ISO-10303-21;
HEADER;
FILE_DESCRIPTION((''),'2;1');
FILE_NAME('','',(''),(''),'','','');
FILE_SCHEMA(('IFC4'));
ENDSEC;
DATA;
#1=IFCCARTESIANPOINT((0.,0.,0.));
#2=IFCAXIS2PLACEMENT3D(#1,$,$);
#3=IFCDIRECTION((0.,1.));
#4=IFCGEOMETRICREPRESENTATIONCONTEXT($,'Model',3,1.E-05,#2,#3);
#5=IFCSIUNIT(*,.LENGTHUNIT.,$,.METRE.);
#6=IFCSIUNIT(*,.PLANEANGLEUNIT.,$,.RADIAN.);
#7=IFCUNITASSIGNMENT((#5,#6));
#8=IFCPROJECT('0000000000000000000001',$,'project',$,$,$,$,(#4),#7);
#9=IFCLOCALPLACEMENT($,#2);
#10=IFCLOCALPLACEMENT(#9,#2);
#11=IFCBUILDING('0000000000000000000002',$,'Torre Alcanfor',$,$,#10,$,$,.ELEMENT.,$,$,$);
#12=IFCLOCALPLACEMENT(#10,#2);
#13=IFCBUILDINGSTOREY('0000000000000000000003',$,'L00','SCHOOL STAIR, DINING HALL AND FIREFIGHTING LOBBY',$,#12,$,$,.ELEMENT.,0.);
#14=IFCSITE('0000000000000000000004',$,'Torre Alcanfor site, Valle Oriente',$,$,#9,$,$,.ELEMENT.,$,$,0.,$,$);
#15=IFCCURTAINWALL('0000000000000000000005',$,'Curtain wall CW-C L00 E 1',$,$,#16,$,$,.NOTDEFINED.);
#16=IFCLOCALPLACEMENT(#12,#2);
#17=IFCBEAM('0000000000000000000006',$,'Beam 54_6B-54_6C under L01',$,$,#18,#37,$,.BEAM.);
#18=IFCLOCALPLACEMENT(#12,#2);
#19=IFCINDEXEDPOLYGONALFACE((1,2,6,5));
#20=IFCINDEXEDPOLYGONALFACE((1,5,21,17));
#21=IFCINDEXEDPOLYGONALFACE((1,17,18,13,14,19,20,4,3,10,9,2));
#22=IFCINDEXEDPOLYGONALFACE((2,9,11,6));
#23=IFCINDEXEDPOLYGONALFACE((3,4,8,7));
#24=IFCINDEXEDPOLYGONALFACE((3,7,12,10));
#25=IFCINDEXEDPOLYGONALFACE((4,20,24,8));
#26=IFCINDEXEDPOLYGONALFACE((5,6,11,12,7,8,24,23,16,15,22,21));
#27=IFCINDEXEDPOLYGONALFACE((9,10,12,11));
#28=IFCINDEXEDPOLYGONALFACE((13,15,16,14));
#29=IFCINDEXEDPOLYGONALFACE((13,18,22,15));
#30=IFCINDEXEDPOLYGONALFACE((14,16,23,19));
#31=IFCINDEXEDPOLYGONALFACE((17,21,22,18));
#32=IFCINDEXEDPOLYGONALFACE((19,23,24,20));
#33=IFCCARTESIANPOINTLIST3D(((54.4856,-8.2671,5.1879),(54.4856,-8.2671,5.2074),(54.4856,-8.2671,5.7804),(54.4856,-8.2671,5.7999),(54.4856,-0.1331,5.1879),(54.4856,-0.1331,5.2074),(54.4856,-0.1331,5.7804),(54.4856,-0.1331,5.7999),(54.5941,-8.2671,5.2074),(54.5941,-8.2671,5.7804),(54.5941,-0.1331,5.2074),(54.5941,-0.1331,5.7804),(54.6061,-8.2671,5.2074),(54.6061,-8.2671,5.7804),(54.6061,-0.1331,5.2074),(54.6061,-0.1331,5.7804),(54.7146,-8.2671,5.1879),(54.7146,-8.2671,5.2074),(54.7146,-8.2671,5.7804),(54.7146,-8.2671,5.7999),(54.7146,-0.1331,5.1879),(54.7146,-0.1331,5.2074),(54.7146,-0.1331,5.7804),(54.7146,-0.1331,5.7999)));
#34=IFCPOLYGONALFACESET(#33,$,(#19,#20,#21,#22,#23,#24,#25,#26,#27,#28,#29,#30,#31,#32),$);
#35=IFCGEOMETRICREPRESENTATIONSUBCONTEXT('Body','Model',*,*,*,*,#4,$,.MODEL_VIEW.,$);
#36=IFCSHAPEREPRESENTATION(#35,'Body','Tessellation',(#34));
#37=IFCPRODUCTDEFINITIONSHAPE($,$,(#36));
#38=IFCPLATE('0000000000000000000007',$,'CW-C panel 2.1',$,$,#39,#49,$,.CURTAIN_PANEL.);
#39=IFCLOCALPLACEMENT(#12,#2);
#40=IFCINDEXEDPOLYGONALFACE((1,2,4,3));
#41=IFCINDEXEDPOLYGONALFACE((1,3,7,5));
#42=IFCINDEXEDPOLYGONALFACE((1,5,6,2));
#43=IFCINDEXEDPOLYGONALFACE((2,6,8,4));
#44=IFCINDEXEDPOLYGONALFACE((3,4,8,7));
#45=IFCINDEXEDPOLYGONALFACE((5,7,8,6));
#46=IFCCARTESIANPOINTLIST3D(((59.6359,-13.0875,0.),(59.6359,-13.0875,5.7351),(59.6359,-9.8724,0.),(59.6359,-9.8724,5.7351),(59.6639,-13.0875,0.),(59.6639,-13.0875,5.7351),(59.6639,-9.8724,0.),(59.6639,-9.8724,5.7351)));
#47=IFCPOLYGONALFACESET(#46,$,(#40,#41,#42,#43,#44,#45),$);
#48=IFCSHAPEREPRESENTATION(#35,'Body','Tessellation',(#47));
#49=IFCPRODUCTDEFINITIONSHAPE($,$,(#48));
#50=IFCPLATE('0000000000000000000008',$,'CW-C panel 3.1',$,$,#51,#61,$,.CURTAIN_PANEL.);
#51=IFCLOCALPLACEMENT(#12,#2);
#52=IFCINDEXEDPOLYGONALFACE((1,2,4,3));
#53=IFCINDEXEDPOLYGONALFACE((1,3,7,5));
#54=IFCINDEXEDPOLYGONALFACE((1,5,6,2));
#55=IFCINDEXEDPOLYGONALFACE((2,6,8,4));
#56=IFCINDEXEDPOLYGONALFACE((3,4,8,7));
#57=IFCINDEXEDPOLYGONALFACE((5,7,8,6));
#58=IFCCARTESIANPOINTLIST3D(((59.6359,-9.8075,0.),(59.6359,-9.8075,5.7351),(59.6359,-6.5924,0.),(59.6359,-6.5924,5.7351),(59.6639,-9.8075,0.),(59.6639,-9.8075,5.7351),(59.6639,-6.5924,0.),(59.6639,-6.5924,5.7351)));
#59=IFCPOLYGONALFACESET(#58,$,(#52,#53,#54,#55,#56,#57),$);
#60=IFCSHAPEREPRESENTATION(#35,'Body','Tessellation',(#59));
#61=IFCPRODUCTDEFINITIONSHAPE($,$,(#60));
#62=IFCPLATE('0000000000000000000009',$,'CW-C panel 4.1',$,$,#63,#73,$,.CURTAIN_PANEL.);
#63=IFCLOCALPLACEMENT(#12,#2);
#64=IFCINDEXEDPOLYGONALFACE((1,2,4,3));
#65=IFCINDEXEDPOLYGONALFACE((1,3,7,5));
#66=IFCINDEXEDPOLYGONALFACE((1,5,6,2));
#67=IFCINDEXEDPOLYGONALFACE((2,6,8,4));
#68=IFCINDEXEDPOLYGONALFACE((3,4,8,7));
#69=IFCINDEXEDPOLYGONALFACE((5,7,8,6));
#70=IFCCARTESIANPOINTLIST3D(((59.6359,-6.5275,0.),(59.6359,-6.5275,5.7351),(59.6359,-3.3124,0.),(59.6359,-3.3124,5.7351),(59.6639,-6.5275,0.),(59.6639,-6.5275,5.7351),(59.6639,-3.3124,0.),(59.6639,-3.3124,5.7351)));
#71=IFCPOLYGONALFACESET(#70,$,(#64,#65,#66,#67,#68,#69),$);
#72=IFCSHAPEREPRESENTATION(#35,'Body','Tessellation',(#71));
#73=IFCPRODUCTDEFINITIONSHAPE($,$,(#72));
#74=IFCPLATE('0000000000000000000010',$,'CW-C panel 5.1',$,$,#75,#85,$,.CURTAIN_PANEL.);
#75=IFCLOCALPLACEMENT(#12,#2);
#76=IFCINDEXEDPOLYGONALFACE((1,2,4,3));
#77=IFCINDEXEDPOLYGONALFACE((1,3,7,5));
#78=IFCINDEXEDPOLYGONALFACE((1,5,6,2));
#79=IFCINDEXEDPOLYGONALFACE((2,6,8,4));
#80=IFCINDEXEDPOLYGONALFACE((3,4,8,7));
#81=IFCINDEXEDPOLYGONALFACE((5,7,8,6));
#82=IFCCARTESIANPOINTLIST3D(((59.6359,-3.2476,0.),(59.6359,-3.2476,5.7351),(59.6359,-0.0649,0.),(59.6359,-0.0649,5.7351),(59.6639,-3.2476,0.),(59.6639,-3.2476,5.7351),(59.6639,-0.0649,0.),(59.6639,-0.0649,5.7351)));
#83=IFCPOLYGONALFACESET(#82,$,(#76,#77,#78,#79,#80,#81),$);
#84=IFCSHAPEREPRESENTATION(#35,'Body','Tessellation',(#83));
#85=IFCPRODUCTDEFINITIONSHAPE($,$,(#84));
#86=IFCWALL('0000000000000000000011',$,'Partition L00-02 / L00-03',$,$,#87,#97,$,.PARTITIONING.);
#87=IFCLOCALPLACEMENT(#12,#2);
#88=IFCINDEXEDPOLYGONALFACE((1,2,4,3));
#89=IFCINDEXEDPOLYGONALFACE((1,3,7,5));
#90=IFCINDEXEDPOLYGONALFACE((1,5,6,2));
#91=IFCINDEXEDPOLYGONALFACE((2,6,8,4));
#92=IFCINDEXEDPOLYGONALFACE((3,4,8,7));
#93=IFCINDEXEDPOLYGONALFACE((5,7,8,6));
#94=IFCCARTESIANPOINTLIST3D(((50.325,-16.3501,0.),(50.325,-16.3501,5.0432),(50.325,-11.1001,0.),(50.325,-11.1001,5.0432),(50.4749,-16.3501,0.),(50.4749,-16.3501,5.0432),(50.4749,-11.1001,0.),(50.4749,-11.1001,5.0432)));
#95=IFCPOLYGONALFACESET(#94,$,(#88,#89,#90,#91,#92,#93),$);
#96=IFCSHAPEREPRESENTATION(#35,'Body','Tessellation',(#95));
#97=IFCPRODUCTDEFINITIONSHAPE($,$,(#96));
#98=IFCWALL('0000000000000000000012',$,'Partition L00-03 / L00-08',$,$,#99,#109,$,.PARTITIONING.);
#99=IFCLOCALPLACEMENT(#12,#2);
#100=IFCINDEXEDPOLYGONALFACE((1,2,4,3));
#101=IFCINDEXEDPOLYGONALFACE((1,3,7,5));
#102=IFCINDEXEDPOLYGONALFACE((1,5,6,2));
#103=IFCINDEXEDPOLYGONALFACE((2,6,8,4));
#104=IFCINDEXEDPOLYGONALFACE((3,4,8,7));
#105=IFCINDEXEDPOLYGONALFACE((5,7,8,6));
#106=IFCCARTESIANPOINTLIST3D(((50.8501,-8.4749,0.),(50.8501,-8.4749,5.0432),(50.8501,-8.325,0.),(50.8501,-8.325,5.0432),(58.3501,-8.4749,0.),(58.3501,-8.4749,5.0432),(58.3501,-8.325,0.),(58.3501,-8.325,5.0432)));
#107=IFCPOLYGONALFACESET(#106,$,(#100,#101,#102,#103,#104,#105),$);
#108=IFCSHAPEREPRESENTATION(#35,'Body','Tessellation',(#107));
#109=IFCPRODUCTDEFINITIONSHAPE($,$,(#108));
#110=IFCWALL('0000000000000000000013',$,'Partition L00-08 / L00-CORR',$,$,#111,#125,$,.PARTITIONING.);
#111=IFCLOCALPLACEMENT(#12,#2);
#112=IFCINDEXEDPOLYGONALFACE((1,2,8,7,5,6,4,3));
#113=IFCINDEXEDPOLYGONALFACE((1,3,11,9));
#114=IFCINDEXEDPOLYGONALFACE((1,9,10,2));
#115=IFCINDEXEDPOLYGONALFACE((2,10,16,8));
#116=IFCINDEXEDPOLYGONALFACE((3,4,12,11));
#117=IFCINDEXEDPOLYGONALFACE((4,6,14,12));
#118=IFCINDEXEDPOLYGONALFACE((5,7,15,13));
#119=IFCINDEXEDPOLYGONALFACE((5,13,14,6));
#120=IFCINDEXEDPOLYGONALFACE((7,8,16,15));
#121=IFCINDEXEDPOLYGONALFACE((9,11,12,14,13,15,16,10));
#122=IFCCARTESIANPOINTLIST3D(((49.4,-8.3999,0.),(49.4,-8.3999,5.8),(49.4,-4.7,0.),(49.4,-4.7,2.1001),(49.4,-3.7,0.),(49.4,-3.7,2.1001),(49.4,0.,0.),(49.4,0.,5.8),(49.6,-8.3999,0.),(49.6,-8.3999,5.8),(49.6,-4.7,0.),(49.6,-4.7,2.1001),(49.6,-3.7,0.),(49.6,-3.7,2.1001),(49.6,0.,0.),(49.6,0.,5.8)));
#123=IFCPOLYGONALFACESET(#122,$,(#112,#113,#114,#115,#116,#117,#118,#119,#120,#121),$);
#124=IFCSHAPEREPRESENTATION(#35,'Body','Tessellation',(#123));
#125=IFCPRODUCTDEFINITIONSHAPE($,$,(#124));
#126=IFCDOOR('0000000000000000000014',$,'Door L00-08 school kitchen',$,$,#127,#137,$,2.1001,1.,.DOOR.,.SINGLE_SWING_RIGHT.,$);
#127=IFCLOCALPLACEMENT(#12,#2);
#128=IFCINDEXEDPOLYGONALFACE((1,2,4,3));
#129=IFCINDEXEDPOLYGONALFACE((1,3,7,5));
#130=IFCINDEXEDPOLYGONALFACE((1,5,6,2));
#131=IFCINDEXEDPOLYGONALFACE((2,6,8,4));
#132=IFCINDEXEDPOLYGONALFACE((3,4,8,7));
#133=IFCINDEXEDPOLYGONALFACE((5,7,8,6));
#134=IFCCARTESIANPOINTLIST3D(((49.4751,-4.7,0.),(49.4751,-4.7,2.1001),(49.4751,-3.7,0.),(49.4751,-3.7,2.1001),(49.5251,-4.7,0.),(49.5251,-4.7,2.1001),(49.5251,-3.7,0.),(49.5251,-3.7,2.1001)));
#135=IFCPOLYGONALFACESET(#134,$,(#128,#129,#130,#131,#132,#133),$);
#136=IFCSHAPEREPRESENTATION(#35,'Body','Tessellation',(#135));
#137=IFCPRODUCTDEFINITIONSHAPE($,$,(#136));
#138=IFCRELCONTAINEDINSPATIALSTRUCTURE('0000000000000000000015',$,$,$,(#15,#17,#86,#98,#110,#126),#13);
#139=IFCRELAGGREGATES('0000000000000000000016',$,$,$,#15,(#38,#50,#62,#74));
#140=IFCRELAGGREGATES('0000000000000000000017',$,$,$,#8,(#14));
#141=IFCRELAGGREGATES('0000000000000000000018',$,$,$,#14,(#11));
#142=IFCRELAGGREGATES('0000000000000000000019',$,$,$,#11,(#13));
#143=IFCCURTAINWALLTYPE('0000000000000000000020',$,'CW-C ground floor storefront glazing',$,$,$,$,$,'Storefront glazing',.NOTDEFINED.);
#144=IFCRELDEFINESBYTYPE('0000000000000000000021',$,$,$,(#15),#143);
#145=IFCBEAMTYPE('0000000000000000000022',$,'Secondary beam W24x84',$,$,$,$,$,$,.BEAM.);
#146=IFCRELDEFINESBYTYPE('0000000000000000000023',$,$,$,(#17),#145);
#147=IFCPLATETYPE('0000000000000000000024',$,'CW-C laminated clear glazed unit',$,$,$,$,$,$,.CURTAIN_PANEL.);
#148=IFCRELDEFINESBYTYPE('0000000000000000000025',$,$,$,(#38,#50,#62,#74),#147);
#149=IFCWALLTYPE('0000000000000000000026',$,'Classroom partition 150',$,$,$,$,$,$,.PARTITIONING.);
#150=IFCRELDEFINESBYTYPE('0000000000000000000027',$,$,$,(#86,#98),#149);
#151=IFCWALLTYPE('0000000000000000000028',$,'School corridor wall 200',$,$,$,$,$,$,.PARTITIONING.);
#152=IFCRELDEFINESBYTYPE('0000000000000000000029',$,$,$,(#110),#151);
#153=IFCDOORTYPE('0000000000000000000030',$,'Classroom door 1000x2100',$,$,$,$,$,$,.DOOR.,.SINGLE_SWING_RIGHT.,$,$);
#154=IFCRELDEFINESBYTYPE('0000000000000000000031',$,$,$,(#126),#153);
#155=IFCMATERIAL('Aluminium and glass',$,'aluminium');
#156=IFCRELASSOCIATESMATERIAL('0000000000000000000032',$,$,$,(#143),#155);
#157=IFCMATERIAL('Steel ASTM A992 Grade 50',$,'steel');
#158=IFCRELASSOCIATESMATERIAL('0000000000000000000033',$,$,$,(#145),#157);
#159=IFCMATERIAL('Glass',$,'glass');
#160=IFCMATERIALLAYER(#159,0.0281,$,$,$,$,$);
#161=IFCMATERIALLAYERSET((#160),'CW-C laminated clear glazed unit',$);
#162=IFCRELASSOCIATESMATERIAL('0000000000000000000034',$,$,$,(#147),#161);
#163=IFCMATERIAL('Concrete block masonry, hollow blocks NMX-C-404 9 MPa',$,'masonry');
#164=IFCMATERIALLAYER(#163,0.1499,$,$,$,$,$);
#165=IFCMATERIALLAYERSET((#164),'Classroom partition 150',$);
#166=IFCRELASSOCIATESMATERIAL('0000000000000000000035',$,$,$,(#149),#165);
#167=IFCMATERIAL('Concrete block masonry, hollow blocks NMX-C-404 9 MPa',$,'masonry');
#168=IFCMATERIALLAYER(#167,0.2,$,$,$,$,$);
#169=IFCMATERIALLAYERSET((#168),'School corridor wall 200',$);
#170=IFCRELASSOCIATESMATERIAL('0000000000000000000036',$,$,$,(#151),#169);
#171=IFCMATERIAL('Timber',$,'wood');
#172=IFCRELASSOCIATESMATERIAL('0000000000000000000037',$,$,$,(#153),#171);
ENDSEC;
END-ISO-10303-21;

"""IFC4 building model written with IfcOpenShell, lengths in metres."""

from ifc_helpers import new_model, si_unit, direction, frame, frame_2d, origin, origin_2d, place, context, subcontext, project, spatial, rectangle, i_section, extrude, material, layer, layer_set, material_profile, profile_set, type_object, element, fill, aggregate, save


model = new_model("IFC4")

# Units and contexts
model_context = context("Model", 3, precision=1e-05, world=origin(), true_north=direction((0.0, 1.0)))
body_context = subcontext(model_context, "Body", "Model", "MODEL_VIEW")
ifc_project = project(units=[si_unit("LENGTHUNIT", "METRE"), si_unit("PLANEANGLEUNIT", "RADIAN")], contexts=[model_context])

# Site, building, storey
site_placement = place(None, origin())
site = spatial("IfcSite", under=ifc_project, at=site_placement, Name="Torre Alcanfor site, Valle Oriente", CompositionType="ELEMENT", RefElevation=0.0)
building_placement = place(site_placement, origin())
building = spatial("IfcBuilding", under=site, at=building_placement, Name="Torre Alcanfor", CompositionType="ELEMENT")
storey_placement = place(building_placement, origin())
storey = spatial("IfcBuildingStorey", under=building, at=storey_placement, Name="L00", Description="SCHOOL STAIR, DINING HALL AND FIREFIGHTING LOBBY", CompositionType="ELEMENT", Elevation=0.0)

# Curtain wall
ifc_material_1 = material(Name="Aluminium and glass", Category="aluminium")
curtain_wall_type = type_object("IfcCurtainWallType", Name="CW-C ground floor storefront glazing", ElementType="Storefront glazing", PredefinedType="NOTDEFINED", material=ifc_material_1)
curtain_wall_placement = place(storey_placement, origin())
curtain_wall = element("IfcCurtainWall", 1, at=curtain_wall_placement, inside=storey, type_object=curtain_wall_type, Name="Curtain wall CW-C L00 E 1", PredefinedType="NOTDEFINED")

# Beam
ifc_material_2 = material(Name="Steel ASTM A992 Grade 50", Category="steel")
ifc_material_profile_1 = material_profile(ifc_material_2, i_section(OverallWidth=0.229, OverallDepth=0.6121, WebThickness=0.012, FlangeThickness=0.0195, at=origin_2d()), Name="W24x84")
ifc_profile_set_1 = profile_set([ifc_material_profile_1], Name="Steel ASTM A992 Grade 50")
beam_type_1 = type_object("IfcBeamType", Name="Secondary beam W24x84", PredefinedType="BEAM", material=ifc_profile_set_1)
beam_1_placement = place(storey_placement, frame((54.6001, -8.2671, 5.4939), z_axis=(0.0, 1.0, 0.0), x_axis=(-1.0, 0.0, 0.0)))
element("IfcBeam", 2, at=beam_1_placement, inside=storey, type_object=beam_type_1, Name="Beam 54_6B-54_6C under L01", PredefinedType="BEAM", context=body_context, shape_type="SweptSolid", body=[
    extrude(i_section(OverallWidth=0.229, OverallDepth=0.6121, WebThickness=0.012, FlangeThickness=0.0195, at=origin_2d()), origin(), (0.0, 0.0, 1.0), 8.134),
])

# Plates
ifc_material_3 = material(Name="Glass", Category="glass")
ifc_layer_1 = layer(ifc_material_3, 0.0281)
ifc_layer_set_1 = layer_set([ifc_layer_1], Name="CW-C laminated clear glazed unit")
plate_type = type_object("IfcPlateType", Name="CW-C laminated clear glazed unit", PredefinedType="CURTAIN_PANEL", material=ifc_layer_set_1)
plate_1_placement = place(storey_placement, frame((59.6499, -11.48, 0.0), z_axis=(0.0, 0.0, 1.0), x_axis=(0.0, 1.0, 0.0)))
plate_1 = element("IfcPlate", 3, at=plate_1_placement, type_object=plate_type, Name="CW-C panel 2.1", PredefinedType="CURTAIN_PANEL", context=body_context, shape_type="SweptSolid", body=[
    extrude(rectangle(XDim=3.2151, YDim=0.0281, at=origin_2d()), origin(), (0.0, 0.0, 1.0), 5.7351),
])
plate_2_placement = place(storey_placement, frame((59.6499, -8.2, 0.0), z_axis=(0.0, 0.0, 1.0), x_axis=(0.0, 1.0, 0.0)))
plate_2 = element("IfcPlate", 4, at=plate_2_placement, type_object=plate_type, Name="CW-C panel 3.1", PredefinedType="CURTAIN_PANEL", context=body_context, shape_type="SweptSolid", body=[
    extrude(rectangle(XDim=3.2151, YDim=0.0281, at=origin_2d()), origin(), (0.0, 0.0, 1.0), 5.7351),
])
plate_3_placement = place(storey_placement, frame((59.6499, -4.9199, 0.0), z_axis=(0.0, 0.0, 1.0), x_axis=(0.0, 1.0, 0.0)))
plate_3 = element("IfcPlate", 5, at=plate_3_placement, type_object=plate_type, Name="CW-C panel 4.1", PredefinedType="CURTAIN_PANEL", context=body_context, shape_type="SweptSolid", body=[
    extrude(rectangle(XDim=3.2151, YDim=0.0281, at=origin_2d()), origin(), (0.0, 0.0, 1.0), 5.7351),
])
plate_4_placement = place(storey_placement, frame((59.6499, -1.6562, 0.0), z_axis=(0.0, 0.0, 1.0), x_axis=(0.0, 1.0, 0.0)))
plate_4 = element("IfcPlate", 6, at=plate_4_placement, type_object=plate_type, Name="CW-C panel 5.1", PredefinedType="CURTAIN_PANEL", context=body_context, shape_type="SweptSolid", body=[
    extrude(rectangle(XDim=3.1826, YDim=0.0281, at=origin_2d()), origin(), (0.0, 0.0, 1.0), 5.7351),
])
aggregate(curtain_wall, [plate_1, plate_2, plate_3, plate_4])

# Walls
ifc_material_4 = material(Name="Concrete block masonry, hollow blocks NMX-C-404 9 MPa", Category="masonry")
ifc_layer_2 = layer(ifc_material_4, 0.1499)
ifc_layer_set_2 = layer_set([ifc_layer_2], Name="Classroom partition 150")
wall_type_1 = type_object("IfcWallType", Name="Classroom partition 150", PredefinedType="PARTITIONING", material=ifc_layer_set_2)
wall_1_placement = place(storey_placement, frame((50.3999, -11.1001, 0.0), z_axis=(0.0, 0.0, 1.0), x_axis=(0.0, -1.0, 0.0)))
element("IfcWall", 7, at=wall_1_placement, inside=storey, type_object=wall_type_1, Name="Partition L00-02 / L00-03", PredefinedType="PARTITIONING", context=body_context, shape_type="SweptSolid", body=[
    extrude(rectangle(XDim=5.25, YDim=0.1499, at=frame_2d((2.625, 0.0))), origin(), (0.0, 0.0, 1.0), 5.0432),
])
wall_2_placement = place(storey_placement, frame((50.8501, -8.3999, 0.0), z_axis=(0.0, 0.0, 1.0), x_axis=(1.0, 0.0, 0.0)))
element("IfcWall", 8, at=wall_2_placement, inside=storey, type_object=wall_type_1, Name="Partition L00-03 / L00-08", PredefinedType="PARTITIONING", context=body_context, shape_type="SweptSolid", body=[
    extrude(rectangle(XDim=7.5, YDim=0.1499, at=frame_2d((3.75, 0.0))), origin(), (0.0, 0.0, 1.0), 5.0432),
])

# Wall, opening, door
ifc_material_5 = material(Name="Concrete block masonry, hollow blocks NMX-C-404 9 MPa", Category="masonry")
ifc_layer_3 = layer(ifc_material_5, 0.2)
ifc_layer_set_3 = layer_set([ifc_layer_3], Name="School corridor wall 200")
wall_type_2 = type_object("IfcWallType", Name="School corridor wall 200", PredefinedType="PARTITIONING", material=ifc_layer_set_3)
wall_3_placement = place(storey_placement, frame((49.5, -8.3999, 0.0), z_axis=(0.0, 0.0, 1.0), x_axis=(0.0, 1.0, 0.0)))
wall_3 = element("IfcWall", 9, at=wall_3_placement, inside=storey, type_object=wall_type_2, Name="Partition L00-08 / L00-CORR", PredefinedType="PARTITIONING", context=body_context, shape_type="SweptSolid", body=[
    extrude(rectangle(XDim=8.3999, YDim=0.2, at=frame_2d((4.2, 0.0))), origin(), (0.0, 0.0, 1.0), 5.8),
])
opening_placement = place(wall_3_placement, frame((3.7, 0.0, 0.0)))
opening = element("IfcOpeningElement", 10, at=opening_placement, cuts=wall_3, PredefinedType="OPENING", context=body_context, shape_type="SweptSolid", body=[
    extrude(rectangle(XDim=1.0, YDim=2.1001, at=frame_2d((0.5, 1.05))), frame((0.0, 0.1099, 0.0), z_axis=(0.0, -1.0, 0.0), x_axis=(1.0, 0.0, 0.0)), (0.0, 0.0, 1.0), 0.22),
])
ifc_material_6 = material(Name="Timber", Category="wood")
door_type = type_object("IfcDoorType", Name="Classroom door 1000x2100", OperationType="SINGLE_SWING_RIGHT", PredefinedType="DOOR", material=ifc_material_6)
door_placement = place(opening_placement, frame((1.0, 0.0, 0.0), z_axis=(0.0, 0.0, 1.0), x_axis=(-1.0, 0.0, 0.0)))
door = element("IfcDoor", 11, at=door_placement, inside=storey, type_object=door_type, Name="Door L00-08 school kitchen", OperationType="SINGLE_SWING_RIGHT", OverallHeight=2.1001, OverallWidth=1.0, PredefinedType="DOOR", context=body_context, shape_type="SweptSolid", body=[
    extrude(rectangle(XDim=1.0, YDim=2.1001, at=frame_2d((0.5, 1.05))), frame((0.0, 0.0251, 0.0), z_axis=(0.0, -1.0, 0.0), x_axis=(1.0, 0.0, 0.0)), (0.0, 0.0, 1.0), 0.05),
])
fill(opening, door)

save(model, "model.ifc")
